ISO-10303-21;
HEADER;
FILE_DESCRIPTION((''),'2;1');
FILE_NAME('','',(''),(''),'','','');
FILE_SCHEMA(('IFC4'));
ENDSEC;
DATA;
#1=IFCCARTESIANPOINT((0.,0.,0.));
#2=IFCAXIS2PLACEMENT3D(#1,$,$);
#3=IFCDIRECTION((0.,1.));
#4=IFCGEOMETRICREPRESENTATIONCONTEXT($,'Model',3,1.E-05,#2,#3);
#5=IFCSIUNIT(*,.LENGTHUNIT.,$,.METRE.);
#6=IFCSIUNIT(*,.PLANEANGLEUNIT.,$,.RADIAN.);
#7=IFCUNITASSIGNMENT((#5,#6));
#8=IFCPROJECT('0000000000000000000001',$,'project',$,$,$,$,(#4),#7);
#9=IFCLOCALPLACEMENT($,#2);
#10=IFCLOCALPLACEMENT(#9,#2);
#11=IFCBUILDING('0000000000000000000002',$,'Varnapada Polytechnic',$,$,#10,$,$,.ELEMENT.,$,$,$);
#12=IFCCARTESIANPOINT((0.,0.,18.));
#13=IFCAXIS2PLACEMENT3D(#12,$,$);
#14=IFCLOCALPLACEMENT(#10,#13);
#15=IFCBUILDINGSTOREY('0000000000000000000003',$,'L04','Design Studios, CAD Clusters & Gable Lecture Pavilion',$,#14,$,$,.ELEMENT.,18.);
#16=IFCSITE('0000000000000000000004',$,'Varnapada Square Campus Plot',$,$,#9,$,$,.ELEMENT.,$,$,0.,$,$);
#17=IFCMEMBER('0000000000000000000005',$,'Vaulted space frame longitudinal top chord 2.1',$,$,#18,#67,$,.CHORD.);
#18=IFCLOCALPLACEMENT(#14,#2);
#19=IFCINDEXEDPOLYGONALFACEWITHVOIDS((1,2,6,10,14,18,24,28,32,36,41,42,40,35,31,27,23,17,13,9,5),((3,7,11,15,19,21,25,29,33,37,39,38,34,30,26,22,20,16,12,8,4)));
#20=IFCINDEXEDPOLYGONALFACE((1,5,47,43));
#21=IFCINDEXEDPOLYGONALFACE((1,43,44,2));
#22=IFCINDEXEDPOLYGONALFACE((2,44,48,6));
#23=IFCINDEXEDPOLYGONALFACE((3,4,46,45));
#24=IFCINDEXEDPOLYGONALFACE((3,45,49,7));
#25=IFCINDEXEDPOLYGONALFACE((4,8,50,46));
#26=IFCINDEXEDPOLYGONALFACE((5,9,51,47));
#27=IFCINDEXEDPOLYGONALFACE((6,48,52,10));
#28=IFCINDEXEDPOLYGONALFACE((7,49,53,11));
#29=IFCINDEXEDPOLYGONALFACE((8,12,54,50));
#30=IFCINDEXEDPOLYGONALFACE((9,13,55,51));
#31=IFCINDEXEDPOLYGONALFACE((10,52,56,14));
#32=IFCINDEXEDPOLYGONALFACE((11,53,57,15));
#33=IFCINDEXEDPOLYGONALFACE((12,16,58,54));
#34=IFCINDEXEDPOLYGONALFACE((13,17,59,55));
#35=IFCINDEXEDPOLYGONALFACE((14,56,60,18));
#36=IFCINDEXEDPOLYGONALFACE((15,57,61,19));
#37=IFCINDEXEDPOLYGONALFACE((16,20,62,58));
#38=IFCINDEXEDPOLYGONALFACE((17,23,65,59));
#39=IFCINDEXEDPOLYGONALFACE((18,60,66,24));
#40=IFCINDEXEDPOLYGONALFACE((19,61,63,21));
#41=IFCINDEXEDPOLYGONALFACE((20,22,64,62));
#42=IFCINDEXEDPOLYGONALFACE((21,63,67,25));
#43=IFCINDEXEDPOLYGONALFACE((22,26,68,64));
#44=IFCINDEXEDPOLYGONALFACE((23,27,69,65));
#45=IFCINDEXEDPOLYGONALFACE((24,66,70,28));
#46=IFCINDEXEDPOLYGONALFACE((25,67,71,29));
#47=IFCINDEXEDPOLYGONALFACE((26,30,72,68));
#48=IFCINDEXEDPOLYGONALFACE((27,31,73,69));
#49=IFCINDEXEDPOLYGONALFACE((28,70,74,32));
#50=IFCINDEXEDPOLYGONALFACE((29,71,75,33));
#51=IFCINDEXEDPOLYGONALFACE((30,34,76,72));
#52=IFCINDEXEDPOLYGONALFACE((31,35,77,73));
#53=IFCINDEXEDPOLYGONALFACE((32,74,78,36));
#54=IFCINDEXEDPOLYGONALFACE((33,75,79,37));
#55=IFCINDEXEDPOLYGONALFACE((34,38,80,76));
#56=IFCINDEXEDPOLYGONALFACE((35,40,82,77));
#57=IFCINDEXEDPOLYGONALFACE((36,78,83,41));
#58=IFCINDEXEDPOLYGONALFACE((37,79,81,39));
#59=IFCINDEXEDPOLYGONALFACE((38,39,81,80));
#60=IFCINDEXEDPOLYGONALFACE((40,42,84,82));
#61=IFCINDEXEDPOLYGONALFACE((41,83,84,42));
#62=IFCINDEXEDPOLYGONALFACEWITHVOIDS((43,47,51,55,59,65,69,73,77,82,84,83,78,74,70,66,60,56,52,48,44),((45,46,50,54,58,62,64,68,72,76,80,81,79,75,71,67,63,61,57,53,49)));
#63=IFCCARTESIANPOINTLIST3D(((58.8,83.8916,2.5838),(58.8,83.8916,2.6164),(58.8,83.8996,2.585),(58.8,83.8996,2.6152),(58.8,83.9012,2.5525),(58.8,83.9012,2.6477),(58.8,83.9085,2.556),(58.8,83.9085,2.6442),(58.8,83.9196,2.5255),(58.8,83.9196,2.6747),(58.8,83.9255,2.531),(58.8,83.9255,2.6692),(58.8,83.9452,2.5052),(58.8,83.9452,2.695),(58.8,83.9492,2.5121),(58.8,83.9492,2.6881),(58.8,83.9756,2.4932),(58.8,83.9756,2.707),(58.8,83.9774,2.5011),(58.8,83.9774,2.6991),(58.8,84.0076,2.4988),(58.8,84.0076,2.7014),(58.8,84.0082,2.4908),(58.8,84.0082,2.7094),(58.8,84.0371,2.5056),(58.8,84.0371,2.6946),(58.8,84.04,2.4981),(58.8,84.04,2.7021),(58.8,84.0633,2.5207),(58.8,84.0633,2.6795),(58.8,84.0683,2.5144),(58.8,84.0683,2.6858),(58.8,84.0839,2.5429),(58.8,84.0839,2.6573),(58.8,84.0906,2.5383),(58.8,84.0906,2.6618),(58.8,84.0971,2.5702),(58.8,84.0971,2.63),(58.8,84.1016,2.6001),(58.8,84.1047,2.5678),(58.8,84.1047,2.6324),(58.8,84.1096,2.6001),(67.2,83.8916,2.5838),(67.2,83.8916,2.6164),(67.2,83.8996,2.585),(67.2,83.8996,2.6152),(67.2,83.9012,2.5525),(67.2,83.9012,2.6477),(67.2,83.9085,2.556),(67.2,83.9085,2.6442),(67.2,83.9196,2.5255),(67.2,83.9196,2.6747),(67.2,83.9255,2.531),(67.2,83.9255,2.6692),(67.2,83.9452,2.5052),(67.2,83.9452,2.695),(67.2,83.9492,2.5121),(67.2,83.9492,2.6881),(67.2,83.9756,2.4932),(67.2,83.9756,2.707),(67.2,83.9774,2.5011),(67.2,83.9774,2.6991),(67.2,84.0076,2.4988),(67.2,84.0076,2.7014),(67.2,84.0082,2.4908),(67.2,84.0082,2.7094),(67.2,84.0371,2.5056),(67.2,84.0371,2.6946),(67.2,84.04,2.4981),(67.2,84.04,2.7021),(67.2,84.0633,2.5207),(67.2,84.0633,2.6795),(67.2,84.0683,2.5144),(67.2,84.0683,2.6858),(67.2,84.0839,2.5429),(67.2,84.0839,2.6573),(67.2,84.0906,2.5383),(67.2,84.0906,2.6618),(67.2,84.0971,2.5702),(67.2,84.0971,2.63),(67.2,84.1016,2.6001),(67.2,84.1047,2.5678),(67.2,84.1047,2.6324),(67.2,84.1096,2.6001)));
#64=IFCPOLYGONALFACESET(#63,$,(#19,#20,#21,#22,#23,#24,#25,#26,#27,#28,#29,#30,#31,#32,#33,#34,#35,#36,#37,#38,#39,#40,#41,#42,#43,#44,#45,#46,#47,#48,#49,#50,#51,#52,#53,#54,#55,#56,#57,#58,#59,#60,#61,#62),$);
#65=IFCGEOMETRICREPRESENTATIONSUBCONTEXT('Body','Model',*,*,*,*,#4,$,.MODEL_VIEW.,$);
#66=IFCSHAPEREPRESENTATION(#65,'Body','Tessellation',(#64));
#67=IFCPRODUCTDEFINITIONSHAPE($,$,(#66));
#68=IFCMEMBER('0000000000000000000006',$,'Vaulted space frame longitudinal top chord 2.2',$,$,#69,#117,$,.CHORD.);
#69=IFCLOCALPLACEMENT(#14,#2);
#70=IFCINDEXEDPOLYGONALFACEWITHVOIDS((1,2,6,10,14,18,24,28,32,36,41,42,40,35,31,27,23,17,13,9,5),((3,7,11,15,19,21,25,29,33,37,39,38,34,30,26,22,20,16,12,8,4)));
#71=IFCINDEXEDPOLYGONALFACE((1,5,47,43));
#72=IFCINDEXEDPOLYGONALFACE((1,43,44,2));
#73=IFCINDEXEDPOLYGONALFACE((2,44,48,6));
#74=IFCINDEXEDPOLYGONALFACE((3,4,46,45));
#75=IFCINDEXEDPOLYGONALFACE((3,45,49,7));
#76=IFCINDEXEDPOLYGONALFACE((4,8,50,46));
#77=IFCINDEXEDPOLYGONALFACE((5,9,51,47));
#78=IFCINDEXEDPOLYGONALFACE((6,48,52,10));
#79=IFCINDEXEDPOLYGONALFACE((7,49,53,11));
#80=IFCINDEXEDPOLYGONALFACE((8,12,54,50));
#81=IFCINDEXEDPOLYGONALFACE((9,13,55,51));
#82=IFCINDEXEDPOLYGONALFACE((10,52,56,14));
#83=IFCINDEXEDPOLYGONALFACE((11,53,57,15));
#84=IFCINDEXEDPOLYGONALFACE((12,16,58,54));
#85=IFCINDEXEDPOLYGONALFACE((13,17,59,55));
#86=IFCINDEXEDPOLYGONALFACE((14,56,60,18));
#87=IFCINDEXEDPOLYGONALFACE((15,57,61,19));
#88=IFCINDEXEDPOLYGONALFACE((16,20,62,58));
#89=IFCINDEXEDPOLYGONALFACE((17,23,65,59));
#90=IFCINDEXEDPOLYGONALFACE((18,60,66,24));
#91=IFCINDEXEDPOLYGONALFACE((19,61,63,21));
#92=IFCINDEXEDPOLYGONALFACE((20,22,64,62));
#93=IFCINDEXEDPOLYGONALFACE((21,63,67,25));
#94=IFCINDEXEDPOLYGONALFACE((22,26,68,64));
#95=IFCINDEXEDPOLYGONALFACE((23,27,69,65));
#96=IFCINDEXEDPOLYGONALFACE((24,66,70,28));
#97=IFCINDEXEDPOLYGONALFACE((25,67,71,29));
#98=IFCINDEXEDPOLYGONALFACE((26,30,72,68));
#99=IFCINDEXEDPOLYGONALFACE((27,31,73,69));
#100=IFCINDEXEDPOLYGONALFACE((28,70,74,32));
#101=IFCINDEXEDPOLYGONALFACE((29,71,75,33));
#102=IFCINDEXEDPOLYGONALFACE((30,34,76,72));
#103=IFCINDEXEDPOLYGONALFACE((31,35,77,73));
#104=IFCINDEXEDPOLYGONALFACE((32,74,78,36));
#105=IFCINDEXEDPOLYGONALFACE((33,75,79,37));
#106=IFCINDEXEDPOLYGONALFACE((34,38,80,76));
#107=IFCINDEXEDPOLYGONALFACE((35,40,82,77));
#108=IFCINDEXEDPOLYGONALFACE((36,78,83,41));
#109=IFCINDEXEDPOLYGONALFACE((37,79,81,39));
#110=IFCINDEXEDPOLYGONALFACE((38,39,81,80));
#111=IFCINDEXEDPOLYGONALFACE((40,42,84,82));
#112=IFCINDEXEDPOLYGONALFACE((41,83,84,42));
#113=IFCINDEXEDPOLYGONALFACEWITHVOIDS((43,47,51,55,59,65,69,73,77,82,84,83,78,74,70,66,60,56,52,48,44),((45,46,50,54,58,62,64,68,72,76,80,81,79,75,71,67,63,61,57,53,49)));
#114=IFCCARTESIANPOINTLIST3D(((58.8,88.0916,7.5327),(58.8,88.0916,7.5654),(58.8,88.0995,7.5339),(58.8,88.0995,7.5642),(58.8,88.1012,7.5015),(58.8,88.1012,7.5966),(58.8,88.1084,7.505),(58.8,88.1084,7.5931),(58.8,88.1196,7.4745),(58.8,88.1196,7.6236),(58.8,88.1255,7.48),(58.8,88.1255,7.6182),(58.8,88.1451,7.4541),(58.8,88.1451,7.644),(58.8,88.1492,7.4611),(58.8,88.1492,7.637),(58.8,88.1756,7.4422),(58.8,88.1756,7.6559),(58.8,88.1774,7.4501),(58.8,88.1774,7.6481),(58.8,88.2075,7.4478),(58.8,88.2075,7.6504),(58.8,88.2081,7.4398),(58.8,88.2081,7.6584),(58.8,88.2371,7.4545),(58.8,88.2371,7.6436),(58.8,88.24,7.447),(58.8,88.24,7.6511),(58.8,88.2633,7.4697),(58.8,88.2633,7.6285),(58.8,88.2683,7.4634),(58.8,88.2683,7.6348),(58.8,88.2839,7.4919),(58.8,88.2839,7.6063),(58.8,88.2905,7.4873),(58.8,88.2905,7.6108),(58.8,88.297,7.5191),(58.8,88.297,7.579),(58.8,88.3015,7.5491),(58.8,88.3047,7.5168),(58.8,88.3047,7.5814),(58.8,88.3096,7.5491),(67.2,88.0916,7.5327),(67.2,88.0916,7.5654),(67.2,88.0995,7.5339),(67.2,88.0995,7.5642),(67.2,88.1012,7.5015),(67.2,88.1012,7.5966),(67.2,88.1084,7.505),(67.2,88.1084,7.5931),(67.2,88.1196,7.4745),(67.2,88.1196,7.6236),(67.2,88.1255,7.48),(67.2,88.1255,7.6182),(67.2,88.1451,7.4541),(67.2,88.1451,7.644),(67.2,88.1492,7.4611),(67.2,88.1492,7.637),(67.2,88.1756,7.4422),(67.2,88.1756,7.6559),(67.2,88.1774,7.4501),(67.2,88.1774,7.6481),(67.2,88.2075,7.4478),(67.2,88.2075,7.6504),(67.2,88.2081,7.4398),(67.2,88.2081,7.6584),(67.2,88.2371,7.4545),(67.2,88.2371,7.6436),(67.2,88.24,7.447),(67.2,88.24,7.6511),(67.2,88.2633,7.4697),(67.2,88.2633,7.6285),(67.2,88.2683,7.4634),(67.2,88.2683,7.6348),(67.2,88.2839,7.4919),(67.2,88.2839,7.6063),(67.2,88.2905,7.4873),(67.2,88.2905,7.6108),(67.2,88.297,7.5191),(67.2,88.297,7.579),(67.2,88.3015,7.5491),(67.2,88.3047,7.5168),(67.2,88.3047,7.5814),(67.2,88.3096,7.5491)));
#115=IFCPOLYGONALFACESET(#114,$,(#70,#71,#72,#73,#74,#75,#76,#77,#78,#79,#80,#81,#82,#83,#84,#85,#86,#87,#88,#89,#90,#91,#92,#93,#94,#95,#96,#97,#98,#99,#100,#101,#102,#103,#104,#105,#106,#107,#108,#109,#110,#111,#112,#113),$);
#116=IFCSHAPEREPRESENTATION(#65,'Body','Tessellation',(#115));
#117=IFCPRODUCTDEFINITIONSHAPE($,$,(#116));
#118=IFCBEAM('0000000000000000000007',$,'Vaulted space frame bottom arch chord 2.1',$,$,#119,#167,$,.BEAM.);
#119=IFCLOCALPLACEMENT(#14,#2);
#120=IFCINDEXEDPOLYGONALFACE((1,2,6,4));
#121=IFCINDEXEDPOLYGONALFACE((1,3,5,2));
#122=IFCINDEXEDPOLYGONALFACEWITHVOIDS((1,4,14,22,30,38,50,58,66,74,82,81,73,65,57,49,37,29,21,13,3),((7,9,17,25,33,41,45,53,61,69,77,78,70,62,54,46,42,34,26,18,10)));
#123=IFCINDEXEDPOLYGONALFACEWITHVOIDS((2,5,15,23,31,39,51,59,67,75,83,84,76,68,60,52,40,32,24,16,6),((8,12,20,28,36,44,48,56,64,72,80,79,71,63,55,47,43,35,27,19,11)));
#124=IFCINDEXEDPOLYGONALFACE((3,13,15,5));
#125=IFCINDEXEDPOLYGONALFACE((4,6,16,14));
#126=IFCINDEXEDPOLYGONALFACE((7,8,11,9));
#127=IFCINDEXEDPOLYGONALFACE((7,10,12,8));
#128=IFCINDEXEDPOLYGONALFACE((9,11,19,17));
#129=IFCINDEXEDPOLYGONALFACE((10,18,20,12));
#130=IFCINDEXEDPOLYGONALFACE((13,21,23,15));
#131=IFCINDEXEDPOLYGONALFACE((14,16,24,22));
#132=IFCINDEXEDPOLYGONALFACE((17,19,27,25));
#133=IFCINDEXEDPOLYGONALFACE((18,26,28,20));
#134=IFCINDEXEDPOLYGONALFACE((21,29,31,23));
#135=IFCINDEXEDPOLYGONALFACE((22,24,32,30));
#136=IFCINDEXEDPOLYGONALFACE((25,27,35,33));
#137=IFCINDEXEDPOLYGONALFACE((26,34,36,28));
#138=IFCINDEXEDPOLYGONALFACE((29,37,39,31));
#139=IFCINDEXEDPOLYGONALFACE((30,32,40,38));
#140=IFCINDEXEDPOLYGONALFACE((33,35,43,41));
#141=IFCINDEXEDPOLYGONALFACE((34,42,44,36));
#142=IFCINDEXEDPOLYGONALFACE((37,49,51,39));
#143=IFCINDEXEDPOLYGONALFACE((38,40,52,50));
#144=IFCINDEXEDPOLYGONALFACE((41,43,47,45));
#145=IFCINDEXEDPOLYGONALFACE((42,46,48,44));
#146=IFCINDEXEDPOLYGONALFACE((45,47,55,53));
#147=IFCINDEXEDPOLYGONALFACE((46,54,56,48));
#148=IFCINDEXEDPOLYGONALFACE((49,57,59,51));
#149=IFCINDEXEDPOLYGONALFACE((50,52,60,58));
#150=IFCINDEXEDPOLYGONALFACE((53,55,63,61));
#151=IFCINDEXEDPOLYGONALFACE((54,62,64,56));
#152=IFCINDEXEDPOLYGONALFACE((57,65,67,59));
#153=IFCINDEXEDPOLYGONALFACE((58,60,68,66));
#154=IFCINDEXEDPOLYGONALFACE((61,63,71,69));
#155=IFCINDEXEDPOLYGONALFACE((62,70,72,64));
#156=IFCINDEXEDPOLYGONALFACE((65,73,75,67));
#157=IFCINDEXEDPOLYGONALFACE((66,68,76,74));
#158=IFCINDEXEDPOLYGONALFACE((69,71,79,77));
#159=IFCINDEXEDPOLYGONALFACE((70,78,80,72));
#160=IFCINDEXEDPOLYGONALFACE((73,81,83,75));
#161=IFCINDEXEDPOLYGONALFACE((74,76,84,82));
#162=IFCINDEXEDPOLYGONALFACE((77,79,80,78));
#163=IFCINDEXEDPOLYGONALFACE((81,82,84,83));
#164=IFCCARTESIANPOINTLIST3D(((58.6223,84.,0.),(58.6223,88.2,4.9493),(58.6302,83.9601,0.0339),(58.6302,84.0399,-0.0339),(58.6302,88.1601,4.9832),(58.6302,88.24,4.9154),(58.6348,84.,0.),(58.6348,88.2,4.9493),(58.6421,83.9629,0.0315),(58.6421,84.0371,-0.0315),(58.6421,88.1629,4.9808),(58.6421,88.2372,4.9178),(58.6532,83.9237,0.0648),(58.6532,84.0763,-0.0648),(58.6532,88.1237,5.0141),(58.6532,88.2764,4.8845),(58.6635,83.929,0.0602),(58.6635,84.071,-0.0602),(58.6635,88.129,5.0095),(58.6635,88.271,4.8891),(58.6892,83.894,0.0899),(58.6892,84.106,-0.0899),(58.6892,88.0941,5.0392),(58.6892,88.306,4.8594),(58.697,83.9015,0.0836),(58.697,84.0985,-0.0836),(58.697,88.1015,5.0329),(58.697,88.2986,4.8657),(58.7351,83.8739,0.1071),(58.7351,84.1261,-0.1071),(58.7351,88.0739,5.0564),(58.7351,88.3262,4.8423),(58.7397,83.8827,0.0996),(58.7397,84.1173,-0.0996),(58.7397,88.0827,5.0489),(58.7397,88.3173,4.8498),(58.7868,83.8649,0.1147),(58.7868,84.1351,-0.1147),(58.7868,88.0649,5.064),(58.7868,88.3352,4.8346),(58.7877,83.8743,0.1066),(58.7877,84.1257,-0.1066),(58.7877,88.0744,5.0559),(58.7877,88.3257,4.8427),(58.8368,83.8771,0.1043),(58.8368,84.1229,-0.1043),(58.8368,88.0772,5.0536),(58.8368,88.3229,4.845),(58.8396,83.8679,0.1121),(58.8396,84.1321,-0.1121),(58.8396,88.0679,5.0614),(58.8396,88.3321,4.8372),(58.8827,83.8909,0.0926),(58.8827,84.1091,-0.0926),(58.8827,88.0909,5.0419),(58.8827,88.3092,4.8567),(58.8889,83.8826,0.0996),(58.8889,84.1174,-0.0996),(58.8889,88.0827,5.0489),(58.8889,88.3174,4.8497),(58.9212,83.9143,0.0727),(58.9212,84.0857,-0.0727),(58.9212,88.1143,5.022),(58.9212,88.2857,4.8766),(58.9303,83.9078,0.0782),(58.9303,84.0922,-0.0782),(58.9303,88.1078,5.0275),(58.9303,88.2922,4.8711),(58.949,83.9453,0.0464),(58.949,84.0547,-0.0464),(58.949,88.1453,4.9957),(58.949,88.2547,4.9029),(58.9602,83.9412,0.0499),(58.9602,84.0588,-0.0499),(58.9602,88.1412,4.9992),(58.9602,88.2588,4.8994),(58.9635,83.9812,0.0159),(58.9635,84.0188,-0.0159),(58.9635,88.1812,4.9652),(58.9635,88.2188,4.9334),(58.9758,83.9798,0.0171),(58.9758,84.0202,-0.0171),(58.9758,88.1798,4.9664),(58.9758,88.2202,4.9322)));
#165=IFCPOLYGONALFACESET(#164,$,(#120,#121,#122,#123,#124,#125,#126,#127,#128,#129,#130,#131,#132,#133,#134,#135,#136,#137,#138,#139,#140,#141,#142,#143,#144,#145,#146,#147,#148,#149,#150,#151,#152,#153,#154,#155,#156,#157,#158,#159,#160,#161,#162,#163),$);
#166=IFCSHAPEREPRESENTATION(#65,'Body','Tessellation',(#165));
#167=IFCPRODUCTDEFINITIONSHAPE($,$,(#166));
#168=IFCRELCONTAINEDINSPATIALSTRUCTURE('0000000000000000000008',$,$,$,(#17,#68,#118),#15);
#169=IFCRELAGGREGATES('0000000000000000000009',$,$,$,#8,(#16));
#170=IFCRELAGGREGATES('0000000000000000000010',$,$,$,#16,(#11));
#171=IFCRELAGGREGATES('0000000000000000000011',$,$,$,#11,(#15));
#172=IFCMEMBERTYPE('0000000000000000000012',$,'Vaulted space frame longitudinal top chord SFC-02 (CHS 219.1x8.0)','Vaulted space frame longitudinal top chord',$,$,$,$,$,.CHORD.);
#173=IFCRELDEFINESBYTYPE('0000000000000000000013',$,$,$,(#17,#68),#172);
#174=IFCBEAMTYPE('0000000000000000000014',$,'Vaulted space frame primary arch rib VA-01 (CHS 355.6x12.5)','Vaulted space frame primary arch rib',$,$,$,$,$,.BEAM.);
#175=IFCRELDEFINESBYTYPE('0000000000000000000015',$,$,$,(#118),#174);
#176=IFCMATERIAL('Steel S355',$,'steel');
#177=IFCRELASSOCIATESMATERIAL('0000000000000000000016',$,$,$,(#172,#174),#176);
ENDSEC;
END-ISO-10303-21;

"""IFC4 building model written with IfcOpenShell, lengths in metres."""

from ifc_helpers import new_model, si_unit, direction, frame, origin, origin_2d, place, context, subcontext, project, spatial, hollow_circle, extrude, material, material_profile, profile_set, type_object, element, save


model = new_model("IFC4")

# Units and contexts
model_context = context("Model", 3, precision=1e-05, world=origin(), true_north=direction((0.0, 1.0)))
body_context = subcontext(model_context, "Body", "Model", "MODEL_VIEW")
ifc_project = project(units=[si_unit("LENGTHUNIT", "METRE"), si_unit("PLANEANGLEUNIT", "RADIAN")], contexts=[model_context])

# Site, building, storey
site_placement = place(None, origin())
site = spatial("IfcSite", under=ifc_project, at=site_placement, Name="Varnapada Square Campus Plot", CompositionType="ELEMENT", RefElevation=0.0)
building_placement = place(site_placement, origin())
building = spatial("IfcBuilding", under=site, at=building_placement, Name="Varnapada Polytechnic", CompositionType="ELEMENT")
storey_placement = place(building_placement, frame((0.0, 0.0, 18.0)))
storey = spatial("IfcBuildingStorey", under=building, at=storey_placement, Name="L04", Description="Design Studios, CAD Clusters & Gable Lecture Pavilion", CompositionType="ELEMENT", Elevation=18.0)

# Shared definitions
ifc_material = material(Name="Steel S355", Category="steel")

# Members
ifc_material_profile_1 = material_profile(ifc_material, hollow_circle(Radius=0.1096, WallThickness=0.0081, at=origin_2d()), Name="CHS 219.1x8.0")
ifc_profile_set_1 = profile_set([ifc_material_profile_1], Name="Steel S355")
member_type_1 = type_object("IfcMemberType", Name="Vaulted space frame longitudinal top chord SFC-02 (CHS 219.1x8.0)", Description="Vaulted space frame longitudinal top chord", PredefinedType="CHORD", material=ifc_profile_set_1)
for number, where, z_axis, x_axis, name in (
    (1, (58.8, 84.0, 2.6001), (1.0, 0.0, 0.0), (0.0, 1.0, 0.0), "Vaulted space frame longitudinal top chord 2.1"),
    (2, (58.8, 88.2, 7.5491), (1.0, 0.0, 0.0), (0.0, 1.0, 0.0), "Vaulted space frame longitudinal top chord 2.2"),
):
    element("IfcMember", number, at=place(storey_placement, frame(where, z_axis=z_axis, x_axis=x_axis)), inside=storey, type_object=member_type_1, Name=name, PredefinedType="CHORD", context=body_context, shape_type="SweptSolid", body=[
        extrude(hollow_circle(Radius=0.1096, WallThickness=0.0081, at=origin_2d()), origin(), (0.0, 0.0, 1.0), 8.3999),
    ])

# Beam
ifc_material_profile_2 = material_profile(ifc_material, hollow_circle(Radius=0.1777, WallThickness=0.0125, at=origin_2d()), Name="CHS 355.6x12.5")
ifc_profile_set_2 = profile_set([ifc_material_profile_2], Name="Steel S355")
beam_type_1 = type_object("IfcBeamType", Name="Vaulted space frame primary arch rib VA-01 (CHS 355.6x12.5)", Description="Vaulted space frame primary arch rib", PredefinedType="BEAM", material=ifc_profile_set_2)
beam_1_placement = place(storey_placement, frame((58.8, 84.0, 0.0), z_axis=(0.0, 0.647032, 0.762462), x_axis=(-1.0, 0.0, 0.0)))
element("IfcBeam", 3, at=beam_1_placement, inside=storey, type_object=beam_type_1, Name="Vaulted space frame bottom arch chord 2.1", PredefinedType="BEAM", context=body_context, shape_type="SweptSolid", body=[
    extrude(hollow_circle(Radius=0.1777, WallThickness=0.0125, at=origin_2d()), origin(), (0.0, 0.0, 1.0), 6.4912),
])

save(model, "model.ifc")
